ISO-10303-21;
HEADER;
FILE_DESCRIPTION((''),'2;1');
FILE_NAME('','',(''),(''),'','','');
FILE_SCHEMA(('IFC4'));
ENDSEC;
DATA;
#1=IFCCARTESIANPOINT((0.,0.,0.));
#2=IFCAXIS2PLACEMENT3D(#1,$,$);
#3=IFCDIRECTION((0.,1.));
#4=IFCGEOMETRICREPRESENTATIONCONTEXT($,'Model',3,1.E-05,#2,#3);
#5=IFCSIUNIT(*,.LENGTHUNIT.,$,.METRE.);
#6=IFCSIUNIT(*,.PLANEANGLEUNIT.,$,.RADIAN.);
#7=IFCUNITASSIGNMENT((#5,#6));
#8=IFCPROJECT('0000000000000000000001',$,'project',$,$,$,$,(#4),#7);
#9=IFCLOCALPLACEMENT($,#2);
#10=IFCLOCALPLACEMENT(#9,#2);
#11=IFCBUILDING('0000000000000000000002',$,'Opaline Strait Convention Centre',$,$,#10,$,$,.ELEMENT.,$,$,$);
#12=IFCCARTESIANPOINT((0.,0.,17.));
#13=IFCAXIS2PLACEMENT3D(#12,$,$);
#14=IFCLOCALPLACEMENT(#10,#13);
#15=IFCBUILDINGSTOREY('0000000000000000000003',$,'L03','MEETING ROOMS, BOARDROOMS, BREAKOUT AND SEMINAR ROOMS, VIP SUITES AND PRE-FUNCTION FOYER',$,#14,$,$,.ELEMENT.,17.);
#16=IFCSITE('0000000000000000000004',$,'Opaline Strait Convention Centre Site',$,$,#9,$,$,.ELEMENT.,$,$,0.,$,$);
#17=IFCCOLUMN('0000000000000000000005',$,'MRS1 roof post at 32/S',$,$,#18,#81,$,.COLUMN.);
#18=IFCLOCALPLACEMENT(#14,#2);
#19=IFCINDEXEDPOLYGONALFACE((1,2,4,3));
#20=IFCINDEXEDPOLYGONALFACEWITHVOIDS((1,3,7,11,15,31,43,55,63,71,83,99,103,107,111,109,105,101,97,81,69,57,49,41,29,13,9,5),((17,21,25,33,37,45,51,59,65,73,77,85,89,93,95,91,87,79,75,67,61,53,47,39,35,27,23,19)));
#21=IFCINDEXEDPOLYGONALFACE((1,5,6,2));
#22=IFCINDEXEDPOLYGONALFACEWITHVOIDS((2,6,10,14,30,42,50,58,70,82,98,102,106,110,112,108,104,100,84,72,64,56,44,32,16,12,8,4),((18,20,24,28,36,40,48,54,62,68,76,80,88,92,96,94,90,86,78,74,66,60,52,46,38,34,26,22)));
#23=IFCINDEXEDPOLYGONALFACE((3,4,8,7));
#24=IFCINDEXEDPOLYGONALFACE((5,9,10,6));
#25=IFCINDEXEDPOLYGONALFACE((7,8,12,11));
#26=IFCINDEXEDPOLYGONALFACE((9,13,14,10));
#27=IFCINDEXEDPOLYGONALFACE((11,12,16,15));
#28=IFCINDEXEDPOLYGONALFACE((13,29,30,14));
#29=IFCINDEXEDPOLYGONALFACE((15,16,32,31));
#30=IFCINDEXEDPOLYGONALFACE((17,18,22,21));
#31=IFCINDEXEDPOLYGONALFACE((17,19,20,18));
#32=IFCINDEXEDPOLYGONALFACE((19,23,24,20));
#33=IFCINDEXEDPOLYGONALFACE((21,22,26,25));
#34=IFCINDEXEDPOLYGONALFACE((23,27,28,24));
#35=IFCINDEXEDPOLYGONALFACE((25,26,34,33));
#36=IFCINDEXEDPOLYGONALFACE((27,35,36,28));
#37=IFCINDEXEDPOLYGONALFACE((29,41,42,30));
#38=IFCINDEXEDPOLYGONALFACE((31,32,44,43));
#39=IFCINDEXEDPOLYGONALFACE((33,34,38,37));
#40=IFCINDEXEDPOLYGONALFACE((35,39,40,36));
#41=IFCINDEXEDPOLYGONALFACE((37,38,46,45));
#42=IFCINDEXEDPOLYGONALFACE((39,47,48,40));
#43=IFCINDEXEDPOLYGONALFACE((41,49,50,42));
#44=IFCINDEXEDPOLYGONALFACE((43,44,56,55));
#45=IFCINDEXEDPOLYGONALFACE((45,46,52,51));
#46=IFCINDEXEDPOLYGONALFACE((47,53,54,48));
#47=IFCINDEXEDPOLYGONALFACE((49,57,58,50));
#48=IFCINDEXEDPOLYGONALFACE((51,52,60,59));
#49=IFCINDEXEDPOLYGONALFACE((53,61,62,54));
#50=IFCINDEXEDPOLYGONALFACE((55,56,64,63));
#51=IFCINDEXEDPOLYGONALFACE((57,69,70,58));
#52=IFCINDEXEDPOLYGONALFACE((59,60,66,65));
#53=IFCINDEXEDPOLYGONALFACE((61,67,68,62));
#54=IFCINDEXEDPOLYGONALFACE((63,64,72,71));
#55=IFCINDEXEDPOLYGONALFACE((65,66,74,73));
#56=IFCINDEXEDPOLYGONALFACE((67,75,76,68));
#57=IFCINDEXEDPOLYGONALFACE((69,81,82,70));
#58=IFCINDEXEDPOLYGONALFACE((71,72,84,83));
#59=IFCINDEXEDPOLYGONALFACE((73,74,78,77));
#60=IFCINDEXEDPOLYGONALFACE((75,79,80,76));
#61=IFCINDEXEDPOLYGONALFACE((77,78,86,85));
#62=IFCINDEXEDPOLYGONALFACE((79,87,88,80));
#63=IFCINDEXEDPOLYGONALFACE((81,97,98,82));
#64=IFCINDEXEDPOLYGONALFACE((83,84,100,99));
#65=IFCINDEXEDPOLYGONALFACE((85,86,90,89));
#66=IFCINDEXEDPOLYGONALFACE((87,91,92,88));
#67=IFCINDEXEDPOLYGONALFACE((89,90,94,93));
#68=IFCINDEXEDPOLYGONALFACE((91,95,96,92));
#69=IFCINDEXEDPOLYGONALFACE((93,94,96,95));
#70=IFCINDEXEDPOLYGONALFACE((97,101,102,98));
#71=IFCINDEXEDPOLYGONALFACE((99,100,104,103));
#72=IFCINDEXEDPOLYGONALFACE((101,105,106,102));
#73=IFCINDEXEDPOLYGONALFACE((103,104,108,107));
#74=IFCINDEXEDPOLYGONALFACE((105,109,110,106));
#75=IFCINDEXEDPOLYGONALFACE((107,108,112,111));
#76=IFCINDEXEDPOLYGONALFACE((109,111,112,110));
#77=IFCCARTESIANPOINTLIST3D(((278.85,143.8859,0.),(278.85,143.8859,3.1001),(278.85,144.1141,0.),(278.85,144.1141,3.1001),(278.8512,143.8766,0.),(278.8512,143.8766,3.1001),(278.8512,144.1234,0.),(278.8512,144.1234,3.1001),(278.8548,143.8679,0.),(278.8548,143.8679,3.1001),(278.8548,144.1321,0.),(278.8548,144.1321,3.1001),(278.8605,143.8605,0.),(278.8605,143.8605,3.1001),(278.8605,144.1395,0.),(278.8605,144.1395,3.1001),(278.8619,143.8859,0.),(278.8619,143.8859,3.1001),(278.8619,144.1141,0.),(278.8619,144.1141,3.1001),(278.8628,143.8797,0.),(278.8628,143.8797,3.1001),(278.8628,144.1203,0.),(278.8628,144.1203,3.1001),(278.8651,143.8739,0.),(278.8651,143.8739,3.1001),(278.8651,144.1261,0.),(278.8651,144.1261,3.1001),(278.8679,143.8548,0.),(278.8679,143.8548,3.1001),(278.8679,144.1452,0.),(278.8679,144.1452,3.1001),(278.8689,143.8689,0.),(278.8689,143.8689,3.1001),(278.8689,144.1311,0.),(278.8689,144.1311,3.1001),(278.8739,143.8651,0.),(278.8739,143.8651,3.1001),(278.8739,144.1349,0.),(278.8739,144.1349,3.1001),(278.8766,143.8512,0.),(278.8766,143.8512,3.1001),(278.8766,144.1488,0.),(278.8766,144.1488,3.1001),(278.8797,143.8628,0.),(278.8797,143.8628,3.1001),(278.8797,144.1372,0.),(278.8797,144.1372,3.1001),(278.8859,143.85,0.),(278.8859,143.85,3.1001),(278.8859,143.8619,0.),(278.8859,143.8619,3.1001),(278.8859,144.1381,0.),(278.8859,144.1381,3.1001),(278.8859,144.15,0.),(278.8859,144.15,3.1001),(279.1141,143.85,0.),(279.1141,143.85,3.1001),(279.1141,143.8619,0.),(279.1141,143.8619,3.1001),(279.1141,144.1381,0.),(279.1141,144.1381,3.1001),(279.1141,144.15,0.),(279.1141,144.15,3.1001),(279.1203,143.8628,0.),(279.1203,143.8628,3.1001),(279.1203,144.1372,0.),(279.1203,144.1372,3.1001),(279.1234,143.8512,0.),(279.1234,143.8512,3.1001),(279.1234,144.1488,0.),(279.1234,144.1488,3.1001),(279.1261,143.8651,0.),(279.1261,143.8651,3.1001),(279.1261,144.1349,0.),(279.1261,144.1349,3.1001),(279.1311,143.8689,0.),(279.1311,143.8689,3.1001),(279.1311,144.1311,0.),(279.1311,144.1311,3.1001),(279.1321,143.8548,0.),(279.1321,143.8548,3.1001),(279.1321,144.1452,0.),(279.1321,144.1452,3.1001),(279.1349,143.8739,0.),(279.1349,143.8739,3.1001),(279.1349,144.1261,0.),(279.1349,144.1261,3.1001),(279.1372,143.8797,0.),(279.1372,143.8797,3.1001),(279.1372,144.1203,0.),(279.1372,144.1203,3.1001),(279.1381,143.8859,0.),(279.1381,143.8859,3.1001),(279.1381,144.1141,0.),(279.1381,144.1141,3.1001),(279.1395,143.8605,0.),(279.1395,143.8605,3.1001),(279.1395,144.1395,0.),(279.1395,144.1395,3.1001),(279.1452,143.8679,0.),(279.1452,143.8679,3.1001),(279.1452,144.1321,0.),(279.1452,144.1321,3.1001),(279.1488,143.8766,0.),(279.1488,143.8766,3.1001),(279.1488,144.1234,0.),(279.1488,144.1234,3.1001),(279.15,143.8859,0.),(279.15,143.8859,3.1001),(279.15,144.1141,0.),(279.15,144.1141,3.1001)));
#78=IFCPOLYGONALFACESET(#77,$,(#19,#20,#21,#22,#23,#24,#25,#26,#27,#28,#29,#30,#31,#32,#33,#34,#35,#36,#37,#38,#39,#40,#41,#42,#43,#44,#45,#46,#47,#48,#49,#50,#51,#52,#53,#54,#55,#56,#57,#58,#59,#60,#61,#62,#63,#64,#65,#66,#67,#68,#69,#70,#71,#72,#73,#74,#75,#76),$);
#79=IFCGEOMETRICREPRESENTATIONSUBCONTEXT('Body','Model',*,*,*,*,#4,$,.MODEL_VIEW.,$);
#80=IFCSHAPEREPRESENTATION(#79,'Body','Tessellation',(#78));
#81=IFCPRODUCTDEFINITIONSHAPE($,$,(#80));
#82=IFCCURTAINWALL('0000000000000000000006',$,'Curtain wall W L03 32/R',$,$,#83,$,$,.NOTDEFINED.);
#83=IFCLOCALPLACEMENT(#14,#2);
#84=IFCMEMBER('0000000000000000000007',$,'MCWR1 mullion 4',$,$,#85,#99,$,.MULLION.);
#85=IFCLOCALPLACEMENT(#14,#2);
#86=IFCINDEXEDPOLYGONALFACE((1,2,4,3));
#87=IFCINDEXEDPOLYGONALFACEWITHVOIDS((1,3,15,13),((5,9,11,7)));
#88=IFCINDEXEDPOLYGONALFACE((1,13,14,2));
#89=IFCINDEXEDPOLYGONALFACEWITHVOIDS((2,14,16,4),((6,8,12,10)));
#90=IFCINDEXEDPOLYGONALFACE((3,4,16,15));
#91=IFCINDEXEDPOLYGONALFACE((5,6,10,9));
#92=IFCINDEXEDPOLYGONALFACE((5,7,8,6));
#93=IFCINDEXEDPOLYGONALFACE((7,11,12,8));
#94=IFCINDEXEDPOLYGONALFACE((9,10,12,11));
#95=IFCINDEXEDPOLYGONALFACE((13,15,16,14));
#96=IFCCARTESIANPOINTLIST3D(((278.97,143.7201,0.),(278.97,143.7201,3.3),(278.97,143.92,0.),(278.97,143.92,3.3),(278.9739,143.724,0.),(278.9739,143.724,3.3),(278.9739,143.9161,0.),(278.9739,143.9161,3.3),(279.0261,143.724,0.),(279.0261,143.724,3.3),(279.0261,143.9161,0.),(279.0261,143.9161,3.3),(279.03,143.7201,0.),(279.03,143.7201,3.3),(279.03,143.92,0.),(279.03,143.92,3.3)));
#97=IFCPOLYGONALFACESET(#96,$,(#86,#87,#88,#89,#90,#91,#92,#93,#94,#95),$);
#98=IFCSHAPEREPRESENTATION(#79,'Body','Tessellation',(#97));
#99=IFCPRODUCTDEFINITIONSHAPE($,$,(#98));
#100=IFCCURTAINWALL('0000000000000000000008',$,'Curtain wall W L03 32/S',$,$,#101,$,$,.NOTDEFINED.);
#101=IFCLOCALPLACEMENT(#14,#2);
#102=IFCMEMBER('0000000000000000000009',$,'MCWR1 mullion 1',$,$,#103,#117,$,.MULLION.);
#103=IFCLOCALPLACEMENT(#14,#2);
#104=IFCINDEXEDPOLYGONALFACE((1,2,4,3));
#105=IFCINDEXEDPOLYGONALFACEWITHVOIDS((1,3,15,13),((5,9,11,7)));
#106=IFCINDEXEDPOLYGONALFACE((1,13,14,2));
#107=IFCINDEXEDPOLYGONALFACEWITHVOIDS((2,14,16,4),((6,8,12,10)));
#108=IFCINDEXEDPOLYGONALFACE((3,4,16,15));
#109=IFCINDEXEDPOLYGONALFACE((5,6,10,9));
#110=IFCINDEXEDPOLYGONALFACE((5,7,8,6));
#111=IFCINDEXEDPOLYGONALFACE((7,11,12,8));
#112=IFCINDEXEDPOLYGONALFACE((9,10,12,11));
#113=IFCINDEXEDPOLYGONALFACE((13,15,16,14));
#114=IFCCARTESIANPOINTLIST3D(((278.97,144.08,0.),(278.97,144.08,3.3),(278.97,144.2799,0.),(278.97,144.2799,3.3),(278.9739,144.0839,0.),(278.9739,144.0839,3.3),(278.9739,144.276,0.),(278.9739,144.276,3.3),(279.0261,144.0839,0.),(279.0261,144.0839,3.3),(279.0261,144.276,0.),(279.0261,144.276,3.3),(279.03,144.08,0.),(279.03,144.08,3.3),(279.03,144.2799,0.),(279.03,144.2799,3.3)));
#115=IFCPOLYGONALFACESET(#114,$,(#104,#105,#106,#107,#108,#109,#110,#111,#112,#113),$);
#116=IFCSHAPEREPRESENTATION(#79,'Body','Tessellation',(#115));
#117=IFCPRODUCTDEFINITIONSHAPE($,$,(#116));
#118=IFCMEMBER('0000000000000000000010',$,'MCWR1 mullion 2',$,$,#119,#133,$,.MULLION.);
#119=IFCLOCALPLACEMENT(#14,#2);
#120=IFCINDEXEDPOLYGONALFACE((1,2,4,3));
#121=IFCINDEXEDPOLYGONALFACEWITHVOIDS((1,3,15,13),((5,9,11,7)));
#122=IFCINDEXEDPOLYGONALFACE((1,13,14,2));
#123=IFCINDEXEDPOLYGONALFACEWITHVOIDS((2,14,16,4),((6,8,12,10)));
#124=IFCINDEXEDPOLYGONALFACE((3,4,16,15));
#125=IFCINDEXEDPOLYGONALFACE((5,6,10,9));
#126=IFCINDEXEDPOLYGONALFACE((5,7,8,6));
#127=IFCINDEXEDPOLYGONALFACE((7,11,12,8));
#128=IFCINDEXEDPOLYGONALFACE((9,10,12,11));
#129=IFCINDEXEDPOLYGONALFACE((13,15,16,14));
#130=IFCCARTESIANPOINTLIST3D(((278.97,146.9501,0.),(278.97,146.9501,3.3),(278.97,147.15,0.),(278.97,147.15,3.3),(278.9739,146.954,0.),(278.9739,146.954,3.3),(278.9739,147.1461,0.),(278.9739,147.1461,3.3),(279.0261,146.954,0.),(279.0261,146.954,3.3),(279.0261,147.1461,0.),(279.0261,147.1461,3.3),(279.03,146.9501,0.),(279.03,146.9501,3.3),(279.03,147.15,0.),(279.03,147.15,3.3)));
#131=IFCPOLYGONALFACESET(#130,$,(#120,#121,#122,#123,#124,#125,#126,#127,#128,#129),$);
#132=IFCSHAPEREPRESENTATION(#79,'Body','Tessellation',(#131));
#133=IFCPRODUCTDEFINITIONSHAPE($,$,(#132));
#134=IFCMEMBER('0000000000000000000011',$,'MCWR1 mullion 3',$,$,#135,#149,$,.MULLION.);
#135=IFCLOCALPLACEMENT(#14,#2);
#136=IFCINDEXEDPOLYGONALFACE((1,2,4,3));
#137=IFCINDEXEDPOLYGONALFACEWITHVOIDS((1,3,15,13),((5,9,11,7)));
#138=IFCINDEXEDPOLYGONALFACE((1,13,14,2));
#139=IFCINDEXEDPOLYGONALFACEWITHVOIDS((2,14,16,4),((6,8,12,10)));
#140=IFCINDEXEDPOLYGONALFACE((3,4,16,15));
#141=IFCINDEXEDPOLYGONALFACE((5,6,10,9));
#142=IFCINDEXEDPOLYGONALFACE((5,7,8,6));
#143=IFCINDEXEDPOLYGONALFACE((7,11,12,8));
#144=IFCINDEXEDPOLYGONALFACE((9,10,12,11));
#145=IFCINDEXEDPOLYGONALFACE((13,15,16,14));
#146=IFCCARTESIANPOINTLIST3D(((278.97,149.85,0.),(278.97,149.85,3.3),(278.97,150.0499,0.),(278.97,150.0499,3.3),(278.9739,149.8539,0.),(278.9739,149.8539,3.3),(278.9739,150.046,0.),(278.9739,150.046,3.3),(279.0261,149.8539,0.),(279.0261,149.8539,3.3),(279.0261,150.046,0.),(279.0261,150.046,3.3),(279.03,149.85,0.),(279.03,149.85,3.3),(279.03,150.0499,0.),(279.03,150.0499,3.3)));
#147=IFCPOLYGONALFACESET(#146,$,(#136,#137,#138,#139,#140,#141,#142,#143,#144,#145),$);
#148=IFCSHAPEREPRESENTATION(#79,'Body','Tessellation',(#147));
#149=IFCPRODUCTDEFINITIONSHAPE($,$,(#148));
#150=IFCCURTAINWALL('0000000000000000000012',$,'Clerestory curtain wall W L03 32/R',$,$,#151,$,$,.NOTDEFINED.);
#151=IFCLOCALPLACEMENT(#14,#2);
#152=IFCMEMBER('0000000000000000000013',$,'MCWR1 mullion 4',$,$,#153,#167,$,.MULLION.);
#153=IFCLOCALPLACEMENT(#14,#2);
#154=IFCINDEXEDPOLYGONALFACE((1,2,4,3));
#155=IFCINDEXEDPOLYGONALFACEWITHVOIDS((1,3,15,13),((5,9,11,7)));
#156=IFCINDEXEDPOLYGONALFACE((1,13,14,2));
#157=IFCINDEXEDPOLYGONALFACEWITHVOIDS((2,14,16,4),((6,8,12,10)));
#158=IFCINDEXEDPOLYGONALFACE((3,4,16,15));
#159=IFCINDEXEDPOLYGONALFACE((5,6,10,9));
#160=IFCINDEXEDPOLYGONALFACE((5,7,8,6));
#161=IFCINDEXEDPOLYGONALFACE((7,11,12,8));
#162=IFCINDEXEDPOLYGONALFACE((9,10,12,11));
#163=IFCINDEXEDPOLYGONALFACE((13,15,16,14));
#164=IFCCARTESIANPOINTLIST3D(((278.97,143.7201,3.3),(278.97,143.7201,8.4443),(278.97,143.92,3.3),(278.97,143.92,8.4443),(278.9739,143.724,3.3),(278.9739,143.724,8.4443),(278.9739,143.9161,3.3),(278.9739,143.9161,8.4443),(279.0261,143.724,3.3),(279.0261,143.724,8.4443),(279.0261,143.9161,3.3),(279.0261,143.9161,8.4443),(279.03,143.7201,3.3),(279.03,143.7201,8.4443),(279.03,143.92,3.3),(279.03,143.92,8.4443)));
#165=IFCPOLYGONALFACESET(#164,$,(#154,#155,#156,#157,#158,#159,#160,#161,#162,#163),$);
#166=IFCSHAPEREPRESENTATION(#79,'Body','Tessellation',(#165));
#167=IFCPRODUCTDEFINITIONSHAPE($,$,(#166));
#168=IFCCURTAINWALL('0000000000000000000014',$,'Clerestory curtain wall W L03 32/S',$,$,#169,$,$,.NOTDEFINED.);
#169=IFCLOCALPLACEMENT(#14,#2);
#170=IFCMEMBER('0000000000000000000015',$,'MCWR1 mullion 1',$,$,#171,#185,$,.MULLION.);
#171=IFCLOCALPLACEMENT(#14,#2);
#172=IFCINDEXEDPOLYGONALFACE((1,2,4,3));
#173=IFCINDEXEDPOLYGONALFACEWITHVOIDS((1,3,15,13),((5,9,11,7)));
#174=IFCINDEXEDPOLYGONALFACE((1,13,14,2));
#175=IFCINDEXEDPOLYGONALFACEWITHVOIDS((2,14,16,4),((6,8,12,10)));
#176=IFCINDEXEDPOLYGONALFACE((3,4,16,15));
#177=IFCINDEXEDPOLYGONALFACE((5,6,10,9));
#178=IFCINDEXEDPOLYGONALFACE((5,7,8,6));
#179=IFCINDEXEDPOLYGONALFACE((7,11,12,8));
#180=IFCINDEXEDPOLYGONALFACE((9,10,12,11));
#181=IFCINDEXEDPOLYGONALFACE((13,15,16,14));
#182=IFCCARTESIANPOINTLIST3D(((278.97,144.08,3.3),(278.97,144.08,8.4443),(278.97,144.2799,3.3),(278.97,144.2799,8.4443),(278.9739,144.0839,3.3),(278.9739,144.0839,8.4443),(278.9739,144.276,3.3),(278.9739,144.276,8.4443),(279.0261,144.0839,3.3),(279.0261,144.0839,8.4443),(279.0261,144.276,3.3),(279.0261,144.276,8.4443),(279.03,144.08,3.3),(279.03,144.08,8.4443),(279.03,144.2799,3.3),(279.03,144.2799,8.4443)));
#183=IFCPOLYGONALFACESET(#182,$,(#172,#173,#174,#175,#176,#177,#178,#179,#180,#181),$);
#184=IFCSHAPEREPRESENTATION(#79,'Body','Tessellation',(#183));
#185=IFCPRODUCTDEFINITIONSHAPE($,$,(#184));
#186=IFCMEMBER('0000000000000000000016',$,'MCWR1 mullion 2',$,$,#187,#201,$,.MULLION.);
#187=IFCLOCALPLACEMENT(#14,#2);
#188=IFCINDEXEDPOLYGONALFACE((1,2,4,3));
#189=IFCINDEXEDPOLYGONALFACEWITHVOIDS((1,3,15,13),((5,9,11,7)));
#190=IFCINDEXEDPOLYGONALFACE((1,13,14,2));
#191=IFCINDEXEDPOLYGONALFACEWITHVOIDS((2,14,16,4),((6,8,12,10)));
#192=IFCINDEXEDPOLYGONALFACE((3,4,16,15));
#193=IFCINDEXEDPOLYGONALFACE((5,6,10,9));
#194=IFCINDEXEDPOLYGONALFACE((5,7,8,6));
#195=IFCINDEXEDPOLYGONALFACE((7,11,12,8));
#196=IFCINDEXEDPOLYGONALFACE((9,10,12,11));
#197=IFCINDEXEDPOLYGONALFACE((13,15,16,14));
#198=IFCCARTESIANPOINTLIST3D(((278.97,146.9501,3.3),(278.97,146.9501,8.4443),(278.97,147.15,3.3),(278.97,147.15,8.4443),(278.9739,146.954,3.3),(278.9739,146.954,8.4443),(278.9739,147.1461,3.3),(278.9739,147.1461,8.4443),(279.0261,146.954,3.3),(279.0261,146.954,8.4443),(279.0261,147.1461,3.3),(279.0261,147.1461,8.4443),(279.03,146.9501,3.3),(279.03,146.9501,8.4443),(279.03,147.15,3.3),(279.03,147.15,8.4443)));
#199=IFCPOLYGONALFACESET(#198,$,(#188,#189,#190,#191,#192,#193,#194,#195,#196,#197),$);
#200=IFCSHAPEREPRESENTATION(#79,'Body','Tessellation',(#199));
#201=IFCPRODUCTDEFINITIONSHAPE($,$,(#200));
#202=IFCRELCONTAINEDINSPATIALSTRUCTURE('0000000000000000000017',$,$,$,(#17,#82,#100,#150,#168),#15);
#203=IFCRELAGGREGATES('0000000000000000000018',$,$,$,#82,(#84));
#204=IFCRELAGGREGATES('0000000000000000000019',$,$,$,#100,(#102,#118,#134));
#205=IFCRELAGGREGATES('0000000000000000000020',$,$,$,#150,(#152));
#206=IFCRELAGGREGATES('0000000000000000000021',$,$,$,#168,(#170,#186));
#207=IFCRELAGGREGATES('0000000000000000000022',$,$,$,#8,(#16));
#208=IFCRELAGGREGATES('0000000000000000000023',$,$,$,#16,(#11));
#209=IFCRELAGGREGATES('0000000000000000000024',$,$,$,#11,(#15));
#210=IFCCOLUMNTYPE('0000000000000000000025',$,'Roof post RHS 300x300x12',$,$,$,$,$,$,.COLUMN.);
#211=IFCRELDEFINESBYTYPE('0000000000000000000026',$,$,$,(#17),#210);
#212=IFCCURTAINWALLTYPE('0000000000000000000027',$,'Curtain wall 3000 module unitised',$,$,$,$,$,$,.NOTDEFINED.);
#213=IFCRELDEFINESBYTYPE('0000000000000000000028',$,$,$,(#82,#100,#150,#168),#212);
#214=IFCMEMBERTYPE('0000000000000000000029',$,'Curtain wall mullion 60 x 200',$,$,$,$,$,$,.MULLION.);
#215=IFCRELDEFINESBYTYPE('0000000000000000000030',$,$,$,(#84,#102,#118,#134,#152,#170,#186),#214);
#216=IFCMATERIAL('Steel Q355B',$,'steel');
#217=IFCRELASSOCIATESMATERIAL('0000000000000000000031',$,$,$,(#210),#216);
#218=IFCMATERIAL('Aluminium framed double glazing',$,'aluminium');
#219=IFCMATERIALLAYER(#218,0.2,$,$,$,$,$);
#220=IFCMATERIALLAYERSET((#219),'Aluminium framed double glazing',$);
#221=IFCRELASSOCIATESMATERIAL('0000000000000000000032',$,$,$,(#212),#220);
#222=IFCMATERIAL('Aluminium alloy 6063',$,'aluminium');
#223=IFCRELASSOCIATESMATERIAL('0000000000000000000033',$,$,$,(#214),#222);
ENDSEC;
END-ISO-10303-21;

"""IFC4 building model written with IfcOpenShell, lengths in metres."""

from ifc_helpers import new_model, si_unit, direction, frame, origin, origin_2d, place, context, subcontext, project, spatial, hollow_rectangle, extrude, material, layer, layer_set, material_profile, profile_set, type_object, element, aggregate, save


model = new_model("IFC4")

# Units and contexts
model_context = context("Model", 3, precision=1e-05, world=origin(), true_north=direction((0.0, 1.0)))
body_context = subcontext(model_context, "Body", "Model", "MODEL_VIEW")
ifc_project = project(units=[si_unit("LENGTHUNIT", "METRE"), si_unit("PLANEANGLEUNIT", "RADIAN")], contexts=[model_context])

# Site, building, storey
site_placement = place(None, origin())
site = spatial("IfcSite", under=ifc_project, at=site_placement, Name="Opaline Strait Convention Centre Site", CompositionType="ELEMENT", RefElevation=0.0)
building_placement = place(site_placement, origin())
building = spatial("IfcBuilding", under=site, at=building_placement, Name="Opaline Strait Convention Centre", CompositionType="ELEMENT")
storey_placement = place(building_placement, frame((0.0, 0.0, 17.0)))
storey = spatial("IfcBuildingStorey", under=building, at=storey_placement, Name="L03", Description="MEETING ROOMS, BOARDROOMS, BREAKOUT AND SEMINAR ROOMS, VIP SUITES AND PRE-FUNCTION FOYER", CompositionType="ELEMENT", Elevation=17.0)

# Column
ifc_material_1 = material(Name="Steel Q355B", Category="steel")
ifc_material_profile_1 = material_profile(ifc_material_1, hollow_rectangle(XDim=0.3, YDim=0.3, WallThickness=0.012, InnerFilletRadius=0.0239, OuterFilletRadius=0.0359, at=origin_2d()), Name="RHS 300x300x12")
ifc_profile_set_1 = profile_set([ifc_material_profile_1], Name="Steel Q355B")
column_type = type_object("IfcColumnType", Name="Roof post RHS 300x300x12", PredefinedType="COLUMN", material=ifc_profile_set_1)
column_placement = place(storey_placement, frame((279.0, 144.0, 0.0), z_axis=(0.0, 0.0, 1.0), x_axis=(1.0, 0.0, 0.0)))
element("IfcColumn", 1, at=column_placement, inside=storey, type_object=column_type, Name="MRS1 roof post at 32/S", PredefinedType="COLUMN", context=body_context, shape_type="SweptSolid", body=[
    extrude(hollow_rectangle(XDim=0.3, YDim=0.3, WallThickness=0.012, InnerFilletRadius=0.0239, OuterFilletRadius=0.0359, at=origin_2d()), origin(), (0.0, 0.0, 1.0), 3.1001),
])

# Curtain wall, member
ifc_material_2 = material(Name="Aluminium framed double glazing", Category="aluminium")
ifc_layer_1 = layer(ifc_material_2, 0.2)
ifc_layer_set_1 = layer_set([ifc_layer_1], Name="Aluminium framed double glazing")
curtain_wall_type = type_object("IfcCurtainWallType", Name="Curtain wall 3000 module unitised", PredefinedType="NOTDEFINED", material=ifc_layer_set_1)
curtain_wall_1_placement = place(storey_placement, origin())
curtain_wall_1 = element("IfcCurtainWall", 2, at=curtain_wall_1_placement, inside=storey, type_object=curtain_wall_type, Name="Curtain wall W L03 32/R", PredefinedType="NOTDEFINED")
ifc_material_3 = material(Name="Aluminium alloy 6063", Category="aluminium")
ifc_material_profile_2 = material_profile(ifc_material_3, hollow_rectangle(XDim=0.0601, YDim=0.2, WallThickness=0.0039, at=origin_2d()), Name="MULLION 60x200x4")
ifc_profile_set_2 = profile_set([ifc_material_profile_2], Name="Aluminium alloy 6063")
member_type_1 = type_object("IfcMemberType", Name="Curtain wall mullion 60 x 200", PredefinedType="MULLION", material=ifc_profile_set_2)
member_1_placement = place(storey_placement, frame((279.0, 143.8201, 0.0), z_axis=(0.0, 0.0, 1.0), x_axis=(-1.0, 0.0, 0.0)))
member_1 = element("IfcMember", 3, at=member_1_placement, type_object=member_type_1, Name="MCWR1 mullion 4", PredefinedType="MULLION", context=body_context, shape_type="SweptSolid", body=[
    extrude(hollow_rectangle(XDim=0.0601, YDim=0.2, WallThickness=0.0039, at=origin_2d()), origin(), (0.0, 0.0, 1.0), 3.3),
])

# Curtain wall, members
curtain_wall_2_placement = place(storey_placement, origin())
curtain_wall_2 = element("IfcCurtainWall", 4, at=curtain_wall_2_placement, inside=storey, type_object=curtain_wall_type, Name="Curtain wall W L03 32/S", PredefinedType="NOTDEFINED")
member_2_placement = place(storey_placement, frame((279.0, 144.1799, 0.0), z_axis=(0.0, 0.0, 1.0), x_axis=(-1.0, 0.0, 0.0)))
member_2 = element("IfcMember", 5, at=member_2_placement, type_object=member_type_1, Name="MCWR1 mullion 1", PredefinedType="MULLION", context=body_context, shape_type="SweptSolid", body=[
    extrude(hollow_rectangle(XDim=0.0601, YDim=0.2, WallThickness=0.0039, at=origin_2d()), origin(), (0.0, 0.0, 1.0), 3.3),
])
member_3_placement = place(storey_placement, frame((279.0, 147.05, 0.0), z_axis=(0.0, 0.0, 1.0), x_axis=(-1.0, 0.0, 0.0)))
member_3 = element("IfcMember", 6, at=member_3_placement, type_object=member_type_1, Name="MCWR1 mullion 2", PredefinedType="MULLION", context=body_context, shape_type="SweptSolid", body=[
    extrude(hollow_rectangle(XDim=0.0601, YDim=0.2, WallThickness=0.0039, at=origin_2d()), origin(), (0.0, 0.0, 1.0), 3.3),
])
member_4_placement = place(storey_placement, frame((279.0, 149.95, 0.0), z_axis=(0.0, 0.0, 1.0), x_axis=(-1.0, 0.0, 0.0)))
member_4 = element("IfcMember", 7, at=member_4_placement, type_object=member_type_1, Name="MCWR1 mullion 3", PredefinedType="MULLION", context=body_context, shape_type="SweptSolid", body=[
    extrude(hollow_rectangle(XDim=0.0601, YDim=0.2, WallThickness=0.0039, at=origin_2d()), origin(), (0.0, 0.0, 1.0), 3.3),
])

# Curtain wall, member
curtain_wall_3_placement = place(storey_placement, origin())
curtain_wall_3 = element("IfcCurtainWall", 8, at=curtain_wall_3_placement, inside=storey, type_object=curtain_wall_type, Name="Clerestory curtain wall W L03 32/R", PredefinedType="NOTDEFINED")
member_5_placement = place(storey_placement, frame((279.0, 143.8201, 3.3), z_axis=(0.0, 0.0, 1.0), x_axis=(-1.0, 0.0, 0.0)))
member_5 = element("IfcMember", 9, at=member_5_placement, type_object=member_type_1, Name="MCWR1 mullion 4", PredefinedType="MULLION", context=body_context, shape_type="SweptSolid", body=[
    extrude(hollow_rectangle(XDim=0.0601, YDim=0.2, WallThickness=0.0039, at=origin_2d()), origin(), (0.0, 0.0, 1.0), 5.1443),
])

# Curtain wall, members
curtain_wall_4_placement = place(storey_placement, origin())
curtain_wall_4 = element("IfcCurtainWall", 10, at=curtain_wall_4_placement, inside=storey, type_object=curtain_wall_type, Name="Clerestory curtain wall W L03 32/S", PredefinedType="NOTDEFINED")
member_6_placement = place(storey_placement, frame((279.0, 144.1799, 3.3), z_axis=(0.0, 0.0, 1.0), x_axis=(-1.0, 0.0, 0.0)))
member_6 = element("IfcMember", 11, at=member_6_placement, type_object=member_type_1, Name="MCWR1 mullion 1", PredefinedType="MULLION", context=body_context, shape_type="SweptSolid", body=[
    extrude(hollow_rectangle(XDim=0.0601, YDim=0.2, WallThickness=0.0039, at=origin_2d()), origin(), (0.0, 0.0, 1.0), 5.1443),
])
member_7_placement = place(storey_placement, frame((279.0, 147.05, 3.3), z_axis=(0.0, 0.0, 1.0), x_axis=(-1.0, 0.0, 0.0)))
member_7 = element("IfcMember", 12, at=member_7_placement, type_object=member_type_1, Name="MCWR1 mullion 2", PredefinedType="MULLION", context=body_context, shape_type="SweptSolid", body=[
    extrude(hollow_rectangle(XDim=0.0601, YDim=0.2, WallThickness=0.0039, at=origin_2d()), origin(), (0.0, 0.0, 1.0), 5.1443),
])

aggregate(curtain_wall_1, [member_1])
aggregate(curtain_wall_2, [member_2, member_3, member_4])
aggregate(curtain_wall_3, [member_5])
aggregate(curtain_wall_4, [member_6, member_7])

save(model, "model.ifc")
